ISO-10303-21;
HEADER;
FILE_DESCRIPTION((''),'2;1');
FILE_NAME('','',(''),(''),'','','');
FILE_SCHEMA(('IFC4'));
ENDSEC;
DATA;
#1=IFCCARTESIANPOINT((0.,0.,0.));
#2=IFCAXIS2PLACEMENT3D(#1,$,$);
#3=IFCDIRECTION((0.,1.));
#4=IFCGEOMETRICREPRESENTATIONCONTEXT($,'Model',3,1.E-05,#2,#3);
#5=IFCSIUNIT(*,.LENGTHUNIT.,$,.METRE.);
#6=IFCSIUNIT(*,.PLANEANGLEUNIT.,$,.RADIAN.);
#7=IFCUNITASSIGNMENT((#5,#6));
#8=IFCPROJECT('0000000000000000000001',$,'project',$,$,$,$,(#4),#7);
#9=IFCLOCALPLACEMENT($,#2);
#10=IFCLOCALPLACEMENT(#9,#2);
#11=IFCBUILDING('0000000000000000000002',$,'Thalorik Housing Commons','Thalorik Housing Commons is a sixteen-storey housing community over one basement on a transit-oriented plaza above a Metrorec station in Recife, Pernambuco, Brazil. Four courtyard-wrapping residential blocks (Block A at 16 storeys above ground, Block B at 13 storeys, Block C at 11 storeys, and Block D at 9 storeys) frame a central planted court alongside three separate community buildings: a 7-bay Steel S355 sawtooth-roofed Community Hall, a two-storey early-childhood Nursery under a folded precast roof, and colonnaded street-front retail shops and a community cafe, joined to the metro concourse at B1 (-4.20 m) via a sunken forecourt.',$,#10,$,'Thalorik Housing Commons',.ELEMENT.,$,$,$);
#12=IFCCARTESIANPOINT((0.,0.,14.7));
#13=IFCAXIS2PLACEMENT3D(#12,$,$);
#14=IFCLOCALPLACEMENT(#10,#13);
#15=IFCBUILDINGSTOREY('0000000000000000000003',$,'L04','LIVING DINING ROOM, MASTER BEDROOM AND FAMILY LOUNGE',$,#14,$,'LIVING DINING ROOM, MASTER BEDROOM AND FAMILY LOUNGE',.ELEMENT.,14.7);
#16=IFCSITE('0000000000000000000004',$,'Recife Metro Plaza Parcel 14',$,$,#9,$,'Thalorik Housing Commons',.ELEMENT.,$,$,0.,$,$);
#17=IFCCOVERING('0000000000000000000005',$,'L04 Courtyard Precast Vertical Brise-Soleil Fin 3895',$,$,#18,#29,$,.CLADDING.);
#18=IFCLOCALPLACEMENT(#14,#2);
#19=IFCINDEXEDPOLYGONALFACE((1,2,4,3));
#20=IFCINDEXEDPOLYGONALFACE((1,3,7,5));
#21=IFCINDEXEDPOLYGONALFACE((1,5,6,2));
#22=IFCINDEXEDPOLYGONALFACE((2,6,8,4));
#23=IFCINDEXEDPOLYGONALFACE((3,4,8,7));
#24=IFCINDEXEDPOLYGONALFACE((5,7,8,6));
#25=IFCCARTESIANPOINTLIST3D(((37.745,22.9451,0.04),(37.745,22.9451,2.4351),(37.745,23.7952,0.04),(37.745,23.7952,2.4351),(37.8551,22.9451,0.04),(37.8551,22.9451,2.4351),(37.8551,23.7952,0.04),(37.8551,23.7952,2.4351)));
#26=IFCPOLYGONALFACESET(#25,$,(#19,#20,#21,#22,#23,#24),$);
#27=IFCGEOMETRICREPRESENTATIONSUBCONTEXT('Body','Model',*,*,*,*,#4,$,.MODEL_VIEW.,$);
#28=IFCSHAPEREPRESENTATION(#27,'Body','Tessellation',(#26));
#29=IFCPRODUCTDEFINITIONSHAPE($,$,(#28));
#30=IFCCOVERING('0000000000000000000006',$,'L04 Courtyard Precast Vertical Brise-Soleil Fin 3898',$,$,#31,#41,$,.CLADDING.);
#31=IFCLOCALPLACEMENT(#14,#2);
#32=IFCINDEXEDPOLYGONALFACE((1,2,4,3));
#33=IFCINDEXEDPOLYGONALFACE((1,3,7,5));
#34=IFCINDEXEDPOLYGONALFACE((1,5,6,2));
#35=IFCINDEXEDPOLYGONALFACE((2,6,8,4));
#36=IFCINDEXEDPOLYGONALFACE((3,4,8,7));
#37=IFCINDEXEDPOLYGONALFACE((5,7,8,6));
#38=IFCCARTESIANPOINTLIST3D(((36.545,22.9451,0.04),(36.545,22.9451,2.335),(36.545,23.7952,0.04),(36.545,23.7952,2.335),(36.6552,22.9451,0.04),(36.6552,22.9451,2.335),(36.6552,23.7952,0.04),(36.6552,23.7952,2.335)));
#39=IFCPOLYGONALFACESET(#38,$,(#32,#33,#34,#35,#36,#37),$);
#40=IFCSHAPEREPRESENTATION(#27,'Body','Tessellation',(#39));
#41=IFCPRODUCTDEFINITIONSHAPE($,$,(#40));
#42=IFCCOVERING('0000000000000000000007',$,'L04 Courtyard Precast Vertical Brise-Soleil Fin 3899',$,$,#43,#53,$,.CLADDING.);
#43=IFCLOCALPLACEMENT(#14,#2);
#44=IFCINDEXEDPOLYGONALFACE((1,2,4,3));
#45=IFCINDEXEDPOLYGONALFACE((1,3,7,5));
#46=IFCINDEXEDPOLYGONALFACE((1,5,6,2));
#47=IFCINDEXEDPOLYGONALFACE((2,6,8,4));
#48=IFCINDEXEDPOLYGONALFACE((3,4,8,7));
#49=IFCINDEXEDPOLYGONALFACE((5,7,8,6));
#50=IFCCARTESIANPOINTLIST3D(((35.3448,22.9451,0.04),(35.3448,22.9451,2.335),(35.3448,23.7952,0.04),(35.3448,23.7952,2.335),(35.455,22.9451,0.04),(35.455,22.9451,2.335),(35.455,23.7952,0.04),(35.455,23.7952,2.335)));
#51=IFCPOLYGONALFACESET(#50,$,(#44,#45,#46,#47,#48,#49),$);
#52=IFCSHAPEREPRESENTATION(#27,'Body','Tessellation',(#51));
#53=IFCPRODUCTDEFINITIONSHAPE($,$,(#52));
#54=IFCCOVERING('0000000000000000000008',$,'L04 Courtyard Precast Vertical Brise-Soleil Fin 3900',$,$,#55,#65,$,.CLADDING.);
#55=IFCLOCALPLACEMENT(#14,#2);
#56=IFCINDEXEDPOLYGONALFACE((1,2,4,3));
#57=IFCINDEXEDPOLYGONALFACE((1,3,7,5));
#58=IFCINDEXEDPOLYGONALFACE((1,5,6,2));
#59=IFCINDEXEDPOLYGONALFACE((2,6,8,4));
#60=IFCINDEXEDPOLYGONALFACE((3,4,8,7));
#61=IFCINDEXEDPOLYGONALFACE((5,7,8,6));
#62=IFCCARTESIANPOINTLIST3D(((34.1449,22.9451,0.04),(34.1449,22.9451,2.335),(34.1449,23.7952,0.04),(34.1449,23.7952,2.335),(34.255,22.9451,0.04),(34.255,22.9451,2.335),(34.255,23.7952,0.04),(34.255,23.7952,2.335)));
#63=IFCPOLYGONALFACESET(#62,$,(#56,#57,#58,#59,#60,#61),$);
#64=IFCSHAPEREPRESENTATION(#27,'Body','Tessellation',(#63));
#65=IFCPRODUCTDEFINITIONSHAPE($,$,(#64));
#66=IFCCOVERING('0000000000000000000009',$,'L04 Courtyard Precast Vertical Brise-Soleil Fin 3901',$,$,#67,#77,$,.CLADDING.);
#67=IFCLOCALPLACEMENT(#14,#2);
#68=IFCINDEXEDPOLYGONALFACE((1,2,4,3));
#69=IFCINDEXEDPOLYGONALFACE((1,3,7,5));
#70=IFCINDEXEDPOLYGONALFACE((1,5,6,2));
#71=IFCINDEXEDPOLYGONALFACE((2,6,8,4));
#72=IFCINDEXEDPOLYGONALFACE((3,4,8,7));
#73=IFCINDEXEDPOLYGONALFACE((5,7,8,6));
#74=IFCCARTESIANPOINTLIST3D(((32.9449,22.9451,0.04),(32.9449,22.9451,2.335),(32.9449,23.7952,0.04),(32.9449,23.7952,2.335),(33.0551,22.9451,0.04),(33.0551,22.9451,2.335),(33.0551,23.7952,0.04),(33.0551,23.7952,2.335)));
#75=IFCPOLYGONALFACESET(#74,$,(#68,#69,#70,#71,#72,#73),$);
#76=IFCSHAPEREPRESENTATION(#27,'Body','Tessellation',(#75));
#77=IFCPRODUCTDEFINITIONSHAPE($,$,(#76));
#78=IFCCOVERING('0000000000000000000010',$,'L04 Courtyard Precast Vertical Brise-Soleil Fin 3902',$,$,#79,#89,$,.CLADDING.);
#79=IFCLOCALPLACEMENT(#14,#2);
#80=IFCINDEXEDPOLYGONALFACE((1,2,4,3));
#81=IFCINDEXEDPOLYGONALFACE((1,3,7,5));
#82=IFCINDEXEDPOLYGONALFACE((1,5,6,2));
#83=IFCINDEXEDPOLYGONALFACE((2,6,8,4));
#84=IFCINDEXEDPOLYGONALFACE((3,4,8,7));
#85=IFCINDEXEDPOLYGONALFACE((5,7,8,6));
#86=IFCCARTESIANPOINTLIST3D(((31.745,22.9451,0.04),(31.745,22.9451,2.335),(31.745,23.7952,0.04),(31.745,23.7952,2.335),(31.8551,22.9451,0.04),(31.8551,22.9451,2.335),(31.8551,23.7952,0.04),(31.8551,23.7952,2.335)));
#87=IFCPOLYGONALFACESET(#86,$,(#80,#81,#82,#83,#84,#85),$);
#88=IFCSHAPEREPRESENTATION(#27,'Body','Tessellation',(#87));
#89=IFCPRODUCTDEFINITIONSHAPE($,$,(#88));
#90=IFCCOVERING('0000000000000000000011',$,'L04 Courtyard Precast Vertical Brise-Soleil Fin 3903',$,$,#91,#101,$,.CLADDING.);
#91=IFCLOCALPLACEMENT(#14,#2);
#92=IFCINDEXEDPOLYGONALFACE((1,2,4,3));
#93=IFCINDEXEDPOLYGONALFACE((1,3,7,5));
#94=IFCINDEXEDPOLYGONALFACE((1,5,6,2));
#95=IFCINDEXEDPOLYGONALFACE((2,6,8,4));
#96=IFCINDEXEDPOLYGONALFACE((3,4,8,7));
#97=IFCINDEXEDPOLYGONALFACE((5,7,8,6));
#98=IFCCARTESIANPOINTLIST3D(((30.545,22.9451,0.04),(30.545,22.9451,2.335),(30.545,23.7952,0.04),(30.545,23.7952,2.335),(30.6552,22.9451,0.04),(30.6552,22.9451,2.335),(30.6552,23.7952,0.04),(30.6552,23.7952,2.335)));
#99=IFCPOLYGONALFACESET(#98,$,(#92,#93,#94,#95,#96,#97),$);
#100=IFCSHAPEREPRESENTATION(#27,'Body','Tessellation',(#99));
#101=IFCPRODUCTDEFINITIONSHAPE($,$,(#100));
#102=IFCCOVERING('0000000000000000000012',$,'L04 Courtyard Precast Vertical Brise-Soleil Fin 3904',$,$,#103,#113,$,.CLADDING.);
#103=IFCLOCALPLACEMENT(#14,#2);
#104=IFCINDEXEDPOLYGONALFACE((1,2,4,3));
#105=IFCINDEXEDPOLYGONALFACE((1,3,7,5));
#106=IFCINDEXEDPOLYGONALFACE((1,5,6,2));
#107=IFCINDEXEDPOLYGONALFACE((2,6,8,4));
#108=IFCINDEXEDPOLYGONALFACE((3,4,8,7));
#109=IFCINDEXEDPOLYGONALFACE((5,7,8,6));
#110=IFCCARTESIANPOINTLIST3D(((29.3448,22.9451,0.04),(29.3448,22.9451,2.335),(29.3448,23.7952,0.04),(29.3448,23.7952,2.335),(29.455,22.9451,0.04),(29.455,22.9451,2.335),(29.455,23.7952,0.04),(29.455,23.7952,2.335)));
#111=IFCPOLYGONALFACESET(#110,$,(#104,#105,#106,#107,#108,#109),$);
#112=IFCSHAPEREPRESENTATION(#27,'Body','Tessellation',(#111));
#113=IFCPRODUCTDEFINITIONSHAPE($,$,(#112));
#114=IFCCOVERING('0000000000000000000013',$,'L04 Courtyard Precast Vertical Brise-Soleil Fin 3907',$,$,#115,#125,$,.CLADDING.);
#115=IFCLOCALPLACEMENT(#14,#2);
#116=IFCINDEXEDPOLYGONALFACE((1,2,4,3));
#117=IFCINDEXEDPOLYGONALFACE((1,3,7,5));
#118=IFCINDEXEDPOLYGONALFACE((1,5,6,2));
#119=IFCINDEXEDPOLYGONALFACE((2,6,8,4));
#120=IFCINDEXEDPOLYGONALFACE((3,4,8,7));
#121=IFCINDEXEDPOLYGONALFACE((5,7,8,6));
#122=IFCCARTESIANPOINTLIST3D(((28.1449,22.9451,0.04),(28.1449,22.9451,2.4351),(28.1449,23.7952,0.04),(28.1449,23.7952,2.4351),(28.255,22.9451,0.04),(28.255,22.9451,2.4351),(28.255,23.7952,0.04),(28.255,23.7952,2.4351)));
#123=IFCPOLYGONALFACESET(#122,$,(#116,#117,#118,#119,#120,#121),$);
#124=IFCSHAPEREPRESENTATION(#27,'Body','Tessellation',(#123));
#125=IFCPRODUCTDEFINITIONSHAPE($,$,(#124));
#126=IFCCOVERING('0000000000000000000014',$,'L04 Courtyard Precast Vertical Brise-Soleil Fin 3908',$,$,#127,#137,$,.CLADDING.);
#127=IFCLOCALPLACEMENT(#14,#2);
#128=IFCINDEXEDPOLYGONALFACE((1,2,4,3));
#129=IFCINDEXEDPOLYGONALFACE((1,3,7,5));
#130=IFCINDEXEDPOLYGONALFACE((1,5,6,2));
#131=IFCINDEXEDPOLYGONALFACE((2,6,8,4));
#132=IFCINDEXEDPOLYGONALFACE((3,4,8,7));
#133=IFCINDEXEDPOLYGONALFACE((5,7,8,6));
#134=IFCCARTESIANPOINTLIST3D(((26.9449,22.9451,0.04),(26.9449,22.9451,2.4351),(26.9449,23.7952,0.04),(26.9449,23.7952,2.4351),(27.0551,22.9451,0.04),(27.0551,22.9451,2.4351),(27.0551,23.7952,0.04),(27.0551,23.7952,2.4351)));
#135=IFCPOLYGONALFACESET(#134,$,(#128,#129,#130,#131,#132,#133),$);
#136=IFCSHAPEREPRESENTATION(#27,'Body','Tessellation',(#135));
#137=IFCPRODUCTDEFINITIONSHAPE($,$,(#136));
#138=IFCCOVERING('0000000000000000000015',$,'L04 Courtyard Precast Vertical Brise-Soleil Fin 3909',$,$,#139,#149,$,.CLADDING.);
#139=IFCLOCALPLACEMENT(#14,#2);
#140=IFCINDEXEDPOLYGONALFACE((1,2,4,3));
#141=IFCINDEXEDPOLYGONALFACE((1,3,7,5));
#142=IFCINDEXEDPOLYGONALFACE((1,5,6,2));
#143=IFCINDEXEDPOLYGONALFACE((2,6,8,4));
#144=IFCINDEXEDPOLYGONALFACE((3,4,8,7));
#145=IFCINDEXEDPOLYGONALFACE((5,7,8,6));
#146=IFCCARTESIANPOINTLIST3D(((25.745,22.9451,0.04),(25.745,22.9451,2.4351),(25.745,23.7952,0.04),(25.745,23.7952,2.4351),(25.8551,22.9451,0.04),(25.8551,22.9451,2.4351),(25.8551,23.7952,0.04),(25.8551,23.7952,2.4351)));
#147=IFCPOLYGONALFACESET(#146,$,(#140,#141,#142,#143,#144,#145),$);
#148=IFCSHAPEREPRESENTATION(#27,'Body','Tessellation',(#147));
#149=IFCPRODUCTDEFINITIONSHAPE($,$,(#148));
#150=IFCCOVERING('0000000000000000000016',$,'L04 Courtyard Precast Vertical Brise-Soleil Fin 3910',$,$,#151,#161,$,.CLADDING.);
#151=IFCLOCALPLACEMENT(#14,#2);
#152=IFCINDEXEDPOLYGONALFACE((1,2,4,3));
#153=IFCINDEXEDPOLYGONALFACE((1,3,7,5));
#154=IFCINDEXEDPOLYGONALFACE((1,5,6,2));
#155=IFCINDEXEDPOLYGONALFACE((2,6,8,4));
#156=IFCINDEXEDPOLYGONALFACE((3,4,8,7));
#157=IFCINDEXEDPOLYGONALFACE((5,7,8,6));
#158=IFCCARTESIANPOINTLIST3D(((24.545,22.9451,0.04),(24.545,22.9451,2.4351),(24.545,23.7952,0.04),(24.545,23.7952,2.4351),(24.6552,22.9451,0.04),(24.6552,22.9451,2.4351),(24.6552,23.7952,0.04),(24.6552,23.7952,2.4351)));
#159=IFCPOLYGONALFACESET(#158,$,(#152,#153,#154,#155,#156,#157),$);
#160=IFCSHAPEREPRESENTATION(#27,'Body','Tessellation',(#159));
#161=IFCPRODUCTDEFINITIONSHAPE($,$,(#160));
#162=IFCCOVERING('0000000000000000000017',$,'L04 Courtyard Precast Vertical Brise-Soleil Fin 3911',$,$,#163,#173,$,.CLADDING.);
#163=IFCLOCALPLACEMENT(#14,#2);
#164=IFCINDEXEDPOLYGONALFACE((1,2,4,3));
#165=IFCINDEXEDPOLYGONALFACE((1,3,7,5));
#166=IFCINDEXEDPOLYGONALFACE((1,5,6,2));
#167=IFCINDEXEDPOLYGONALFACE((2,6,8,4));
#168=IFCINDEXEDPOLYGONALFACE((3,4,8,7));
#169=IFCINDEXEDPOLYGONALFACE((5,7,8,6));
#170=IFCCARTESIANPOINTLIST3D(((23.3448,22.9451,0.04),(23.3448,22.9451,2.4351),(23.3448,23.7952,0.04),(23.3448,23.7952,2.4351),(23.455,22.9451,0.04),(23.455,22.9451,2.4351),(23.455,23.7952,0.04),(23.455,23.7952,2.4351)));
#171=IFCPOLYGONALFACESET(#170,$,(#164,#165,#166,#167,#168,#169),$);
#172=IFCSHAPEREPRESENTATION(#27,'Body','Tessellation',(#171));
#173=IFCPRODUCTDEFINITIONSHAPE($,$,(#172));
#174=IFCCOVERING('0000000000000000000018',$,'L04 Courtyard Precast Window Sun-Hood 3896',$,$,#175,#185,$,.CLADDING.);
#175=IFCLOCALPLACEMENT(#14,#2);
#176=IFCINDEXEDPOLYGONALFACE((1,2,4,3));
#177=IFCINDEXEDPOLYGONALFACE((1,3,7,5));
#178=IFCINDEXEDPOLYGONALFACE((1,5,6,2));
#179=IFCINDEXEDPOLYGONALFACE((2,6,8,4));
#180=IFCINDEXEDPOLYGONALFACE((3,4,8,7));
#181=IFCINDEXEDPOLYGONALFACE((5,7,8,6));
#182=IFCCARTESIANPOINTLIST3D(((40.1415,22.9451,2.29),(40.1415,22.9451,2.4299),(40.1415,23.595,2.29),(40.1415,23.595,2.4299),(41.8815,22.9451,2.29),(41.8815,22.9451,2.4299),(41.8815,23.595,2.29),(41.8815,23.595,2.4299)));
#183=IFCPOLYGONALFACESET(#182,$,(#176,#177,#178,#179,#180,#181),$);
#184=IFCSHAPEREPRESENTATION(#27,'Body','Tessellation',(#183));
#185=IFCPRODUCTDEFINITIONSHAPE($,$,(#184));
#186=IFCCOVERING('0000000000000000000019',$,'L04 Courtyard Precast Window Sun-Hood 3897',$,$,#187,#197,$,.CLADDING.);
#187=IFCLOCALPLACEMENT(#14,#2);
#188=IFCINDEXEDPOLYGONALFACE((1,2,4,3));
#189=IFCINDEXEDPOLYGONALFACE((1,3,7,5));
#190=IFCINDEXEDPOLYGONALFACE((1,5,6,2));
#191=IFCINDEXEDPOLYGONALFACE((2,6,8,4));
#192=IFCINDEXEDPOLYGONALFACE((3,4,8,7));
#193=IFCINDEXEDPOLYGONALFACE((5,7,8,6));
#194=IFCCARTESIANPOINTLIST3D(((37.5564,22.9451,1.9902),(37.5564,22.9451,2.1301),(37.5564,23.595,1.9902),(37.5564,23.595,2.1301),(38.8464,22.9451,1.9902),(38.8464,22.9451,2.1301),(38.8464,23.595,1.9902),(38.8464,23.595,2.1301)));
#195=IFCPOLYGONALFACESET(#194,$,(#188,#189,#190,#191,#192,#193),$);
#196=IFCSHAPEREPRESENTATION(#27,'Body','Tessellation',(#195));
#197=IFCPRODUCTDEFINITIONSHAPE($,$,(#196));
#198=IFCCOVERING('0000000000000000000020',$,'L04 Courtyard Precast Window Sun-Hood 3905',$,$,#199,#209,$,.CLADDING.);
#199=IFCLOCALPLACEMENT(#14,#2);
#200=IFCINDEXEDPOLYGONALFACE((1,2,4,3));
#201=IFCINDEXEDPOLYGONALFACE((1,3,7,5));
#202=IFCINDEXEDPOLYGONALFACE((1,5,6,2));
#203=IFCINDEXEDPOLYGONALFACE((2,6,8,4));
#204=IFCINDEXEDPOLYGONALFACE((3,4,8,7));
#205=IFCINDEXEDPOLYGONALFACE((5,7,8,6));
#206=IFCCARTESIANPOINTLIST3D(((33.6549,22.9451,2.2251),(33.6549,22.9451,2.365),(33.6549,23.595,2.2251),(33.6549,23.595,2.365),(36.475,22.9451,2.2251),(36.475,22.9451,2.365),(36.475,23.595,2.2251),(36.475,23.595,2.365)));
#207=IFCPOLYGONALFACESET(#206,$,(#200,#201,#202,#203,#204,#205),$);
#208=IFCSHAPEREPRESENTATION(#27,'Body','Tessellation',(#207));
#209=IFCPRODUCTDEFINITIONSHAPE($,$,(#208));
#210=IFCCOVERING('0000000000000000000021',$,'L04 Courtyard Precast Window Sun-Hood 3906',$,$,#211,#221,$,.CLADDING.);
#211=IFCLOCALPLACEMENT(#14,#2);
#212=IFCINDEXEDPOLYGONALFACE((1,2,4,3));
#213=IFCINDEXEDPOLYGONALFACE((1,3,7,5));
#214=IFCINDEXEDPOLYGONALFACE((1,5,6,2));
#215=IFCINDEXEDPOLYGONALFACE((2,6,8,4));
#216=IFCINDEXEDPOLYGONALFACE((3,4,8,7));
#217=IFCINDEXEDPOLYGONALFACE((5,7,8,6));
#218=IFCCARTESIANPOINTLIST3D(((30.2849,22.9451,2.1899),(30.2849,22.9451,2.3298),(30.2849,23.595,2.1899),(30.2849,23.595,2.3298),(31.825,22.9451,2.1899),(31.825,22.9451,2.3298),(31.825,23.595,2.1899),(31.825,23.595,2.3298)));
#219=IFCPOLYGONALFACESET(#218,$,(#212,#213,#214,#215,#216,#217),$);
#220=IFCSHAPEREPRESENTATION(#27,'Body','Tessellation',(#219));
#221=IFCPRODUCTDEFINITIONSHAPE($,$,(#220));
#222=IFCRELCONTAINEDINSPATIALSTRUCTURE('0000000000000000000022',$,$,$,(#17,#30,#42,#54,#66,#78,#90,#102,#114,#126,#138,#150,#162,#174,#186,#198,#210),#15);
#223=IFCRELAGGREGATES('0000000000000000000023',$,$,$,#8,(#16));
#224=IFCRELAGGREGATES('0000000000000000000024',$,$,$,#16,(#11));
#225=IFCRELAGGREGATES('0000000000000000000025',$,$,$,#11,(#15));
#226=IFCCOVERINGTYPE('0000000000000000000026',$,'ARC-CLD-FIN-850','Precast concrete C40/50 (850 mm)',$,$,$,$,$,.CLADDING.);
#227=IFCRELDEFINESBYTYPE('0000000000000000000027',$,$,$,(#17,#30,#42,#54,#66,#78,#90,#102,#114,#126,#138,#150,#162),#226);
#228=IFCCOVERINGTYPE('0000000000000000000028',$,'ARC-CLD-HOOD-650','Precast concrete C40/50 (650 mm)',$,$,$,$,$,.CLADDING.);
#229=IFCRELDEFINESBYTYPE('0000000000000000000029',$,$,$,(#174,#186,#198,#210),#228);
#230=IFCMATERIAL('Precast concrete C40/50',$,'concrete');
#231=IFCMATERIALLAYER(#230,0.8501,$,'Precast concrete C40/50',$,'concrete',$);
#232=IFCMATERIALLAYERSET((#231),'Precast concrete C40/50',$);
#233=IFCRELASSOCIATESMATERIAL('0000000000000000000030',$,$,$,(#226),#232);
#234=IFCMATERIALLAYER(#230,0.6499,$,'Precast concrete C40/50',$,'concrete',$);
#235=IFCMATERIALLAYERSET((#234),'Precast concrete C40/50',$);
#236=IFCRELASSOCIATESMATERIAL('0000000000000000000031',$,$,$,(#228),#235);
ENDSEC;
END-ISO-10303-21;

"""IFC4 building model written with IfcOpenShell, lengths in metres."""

from ifc_helpers import new_model, si_unit, direction, frame, origin, origin_2d, place, context, subcontext, project, spatial, rectangle, extrude, material, layer, layer_set, type_object, element, save


model = new_model("IFC4")

# Units and contexts
model_context = context("Model", 3, precision=1e-05, world=origin(), true_north=direction((0.0, 1.0)))
body_context = subcontext(model_context, "Body", "Model", "MODEL_VIEW")
ifc_project = project(units=[si_unit("LENGTHUNIT", "METRE"), si_unit("PLANEANGLEUNIT", "RADIAN")], contexts=[model_context])

# Site, building, storey
site_placement = place(None, origin())
site = spatial("IfcSite", under=ifc_project, at=site_placement, Name="Recife Metro Plaza Parcel 14", LongName="Thalorik Housing Commons", CompositionType="ELEMENT", RefElevation=0.0)
building_placement = place(site_placement, origin())
building = spatial("IfcBuilding", under=site, at=building_placement, Name="Thalorik Housing Commons", Description="Thalorik Housing Commons is a sixteen-storey housing community over one basement on a transit-oriented plaza above a Metrorec station in Recife, Pernambuco, Brazil. Four courtyard-wrapping residential blocks (Block A at 16 storeys above ground, Block B at 13 storeys, Block C at 11 storeys, and Block D at 9 storeys) frame a central planted court alongside three separate community buildings: a 7-bay Steel S355 sawtooth-roofed Community Hall, a two-storey early-childhood Nursery under a folded precast roof, and colonnaded street-front retail shops and a community cafe, joined to the metro concourse at B1 (-4.20 m) via a sunken forecourt.", LongName="Thalorik Housing Commons", CompositionType="ELEMENT")
storey_placement = place(building_placement, frame((0.0, 0.0, 14.7)))
storey = spatial("IfcBuildingStorey", under=building, at=storey_placement, Name="L04", Description="LIVING DINING ROOM, MASTER BEDROOM AND FAMILY LOUNGE", LongName="LIVING DINING ROOM, MASTER BEDROOM AND FAMILY LOUNGE", CompositionType="ELEMENT", Elevation=14.7)

# Shared definitions
ifc_material_1 = material(Name="Precast concrete C40/50", Category="concrete")

# Coverings
ifc_layer_1 = layer(ifc_material_1, 0.8501, Name="Precast concrete C40/50", Category="concrete")
ifc_layer_set_1 = layer_set([ifc_layer_1], Name="Precast concrete C40/50")
covering_type_1 = type_object("IfcCoveringType", Name="ARC-CLD-FIN-850", Description="Precast concrete C40/50 (850 mm)", PredefinedType="CLADDING", material=ifc_layer_set_1)
for number, where, z_axis, x_axis, name in (
    (1, (37.8, 23.3701, 0.04), (0.0, 0.0, 1.0), (-1.0, 0.0, 0.0), "L04 Courtyard Precast Vertical Brise-Soleil Fin 3895"),
):
    element("IfcCovering", number, at=place(storey_placement, frame(where, z_axis=z_axis, x_axis=x_axis)), inside=storey, type_object=covering_type_1, Name=name, PredefinedType="CLADDING", context=body_context, shape_type="SweptSolid", body=[
        extrude(rectangle(XDim=0.1101, YDim=0.8501, at=origin_2d()), origin(), (0.0, 0.0, 1.0), 2.395),
    ])
for number, where, z_axis, x_axis, name in (
    (2, (36.6001, 23.3701, 0.04), (0.0, 0.0, 1.0), (-1.0, 0.0, 0.0), "L04 Courtyard Precast Vertical Brise-Soleil Fin 3898"),
    (3, (35.3999, 23.3701, 0.04), (0.0, 0.0, 1.0), (-1.0, 0.0, 0.0), "L04 Courtyard Precast Vertical Brise-Soleil Fin 3899"),
    (4, (34.2, 23.3701, 0.04), (0.0, 0.0, 1.0), (-1.0, 0.0, 0.0), "L04 Courtyard Precast Vertical Brise-Soleil Fin 3900"),
    (5, (33.0, 23.3701, 0.04), (0.0, 0.0, 1.0), (-1.0, 0.0, 0.0), "L04 Courtyard Precast Vertical Brise-Soleil Fin 3901"),
    (6, (31.8, 23.3701, 0.04), (0.0, 0.0, 1.0), (-1.0, 0.0, 0.0), "L04 Courtyard Precast Vertical Brise-Soleil Fin 3902"),
    (7, (30.6001, 23.3701, 0.04), (0.0, 0.0, 1.0), (-1.0, 0.0, 0.0), "L04 Courtyard Precast Vertical Brise-Soleil Fin 3903"),
    (8, (29.3999, 23.3701, 0.04), (0.0, 0.0, 1.0), (-1.0, 0.0, 0.0), "L04 Courtyard Precast Vertical Brise-Soleil Fin 3904"),
):
    element("IfcCovering", number, at=place(storey_placement, frame(where, z_axis=z_axis, x_axis=x_axis)), inside=storey, type_object=covering_type_1, Name=name, PredefinedType="CLADDING", context=body_context, shape_type="SweptSolid", body=[
        extrude(rectangle(XDim=0.1101, YDim=0.8501, at=origin_2d()), origin(), (0.0, 0.0, 1.0), 2.2949),
    ])
for number, where, z_axis, x_axis, name in (
    (9, (28.2, 23.3701, 0.04), (0.0, 0.0, 1.0), (-1.0, 0.0, 0.0), "L04 Courtyard Precast Vertical Brise-Soleil Fin 3907"),
    (10, (27.0, 23.3701, 0.04), (0.0, 0.0, 1.0), (-1.0, 0.0, 0.0), "L04 Courtyard Precast Vertical Brise-Soleil Fin 3908"),
    (11, (25.8, 23.3701, 0.04), (0.0, 0.0, 1.0), (-1.0, 0.0, 0.0), "L04 Courtyard Precast Vertical Brise-Soleil Fin 3909"),
    (12, (24.6001, 23.3701, 0.04), (0.0, 0.0, 1.0), (-1.0, 0.0, 0.0), "L04 Courtyard Precast Vertical Brise-Soleil Fin 3910"),
    (13, (23.3999, 23.3701, 0.04), (0.0, 0.0, 1.0), (-1.0, 0.0, 0.0), "L04 Courtyard Precast Vertical Brise-Soleil Fin 3911"),
):
    element("IfcCovering", number, at=place(storey_placement, frame(where, z_axis=z_axis, x_axis=x_axis)), inside=storey, type_object=covering_type_1, Name=name, PredefinedType="CLADDING", context=body_context, shape_type="SweptSolid", body=[
        extrude(rectangle(XDim=0.1101, YDim=0.8501, at=origin_2d()), origin(), (0.0, 0.0, 1.0), 2.395),
    ])
ifc_layer_2 = layer(ifc_material_1, 0.6499, Name="Precast concrete C40/50", Category="concrete")
ifc_layer_set_2 = layer_set([ifc_layer_2], Name="Precast concrete C40/50")
covering_type_2 = type_object("IfcCoveringType", Name="ARC-CLD-HOOD-650", Description="Precast concrete C40/50 (650 mm)", PredefinedType="CLADDING", material=ifc_layer_set_2)
covering_1_placement = place(storey_placement, frame((41.0115, 23.27, 2.29), z_axis=(0.0, 0.0, 1.0), x_axis=(-1.0, 0.0, 0.0)))
element("IfcCovering", 14, at=covering_1_placement, inside=storey, type_object=covering_type_2, Name="L04 Courtyard Precast Window Sun-Hood 3896", PredefinedType="CLADDING", context=body_context, shape_type="SweptSolid", body=[
    extrude(rectangle(XDim=1.74, YDim=0.6499, at=origin_2d()), origin(), (0.0, 0.0, 1.0), 0.1399),
])
covering_2_placement = place(storey_placement, frame((38.2014, 23.27, 1.9902), z_axis=(0.0, 0.0, 1.0), x_axis=(-1.0, 0.0, 0.0)))
element("IfcCovering", 15, at=covering_2_placement, inside=storey, type_object=covering_type_2, Name="L04 Courtyard Precast Window Sun-Hood 3897", PredefinedType="CLADDING", context=body_context, shape_type="SweptSolid", body=[
    extrude(rectangle(XDim=1.29, YDim=0.6499, at=origin_2d()), origin(), (0.0, 0.0, 1.0), 0.1399),
])
covering_3_placement = place(storey_placement, frame((35.0649, 23.27, 2.2251), z_axis=(0.0, 0.0, 1.0), x_axis=(-1.0, 0.0, 0.0)))
element("IfcCovering", 16, at=covering_3_placement, inside=storey, type_object=covering_type_2, Name="L04 Courtyard Precast Window Sun-Hood 3905", PredefinedType="CLADDING", context=body_context, shape_type="SweptSolid", body=[
    extrude(rectangle(XDim=2.8201, YDim=0.6499, at=origin_2d()), origin(), (0.0, 0.0, 1.0), 0.1399),
])
covering_4_placement = place(storey_placement, frame((31.0549, 23.27, 2.1899), z_axis=(0.0, 0.0, 1.0), x_axis=(-1.0, 0.0, 0.0)))
element("IfcCovering", 17, at=covering_4_placement, inside=storey, type_object=covering_type_2, Name="L04 Courtyard Precast Window Sun-Hood 3906", PredefinedType="CLADDING", context=body_context, shape_type="SweptSolid", body=[
    extrude(rectangle(XDim=1.54, YDim=0.6499, at=origin_2d()), origin(), (0.0, 0.0, 1.0), 0.1399),
])

save(model, "model.ifc")
